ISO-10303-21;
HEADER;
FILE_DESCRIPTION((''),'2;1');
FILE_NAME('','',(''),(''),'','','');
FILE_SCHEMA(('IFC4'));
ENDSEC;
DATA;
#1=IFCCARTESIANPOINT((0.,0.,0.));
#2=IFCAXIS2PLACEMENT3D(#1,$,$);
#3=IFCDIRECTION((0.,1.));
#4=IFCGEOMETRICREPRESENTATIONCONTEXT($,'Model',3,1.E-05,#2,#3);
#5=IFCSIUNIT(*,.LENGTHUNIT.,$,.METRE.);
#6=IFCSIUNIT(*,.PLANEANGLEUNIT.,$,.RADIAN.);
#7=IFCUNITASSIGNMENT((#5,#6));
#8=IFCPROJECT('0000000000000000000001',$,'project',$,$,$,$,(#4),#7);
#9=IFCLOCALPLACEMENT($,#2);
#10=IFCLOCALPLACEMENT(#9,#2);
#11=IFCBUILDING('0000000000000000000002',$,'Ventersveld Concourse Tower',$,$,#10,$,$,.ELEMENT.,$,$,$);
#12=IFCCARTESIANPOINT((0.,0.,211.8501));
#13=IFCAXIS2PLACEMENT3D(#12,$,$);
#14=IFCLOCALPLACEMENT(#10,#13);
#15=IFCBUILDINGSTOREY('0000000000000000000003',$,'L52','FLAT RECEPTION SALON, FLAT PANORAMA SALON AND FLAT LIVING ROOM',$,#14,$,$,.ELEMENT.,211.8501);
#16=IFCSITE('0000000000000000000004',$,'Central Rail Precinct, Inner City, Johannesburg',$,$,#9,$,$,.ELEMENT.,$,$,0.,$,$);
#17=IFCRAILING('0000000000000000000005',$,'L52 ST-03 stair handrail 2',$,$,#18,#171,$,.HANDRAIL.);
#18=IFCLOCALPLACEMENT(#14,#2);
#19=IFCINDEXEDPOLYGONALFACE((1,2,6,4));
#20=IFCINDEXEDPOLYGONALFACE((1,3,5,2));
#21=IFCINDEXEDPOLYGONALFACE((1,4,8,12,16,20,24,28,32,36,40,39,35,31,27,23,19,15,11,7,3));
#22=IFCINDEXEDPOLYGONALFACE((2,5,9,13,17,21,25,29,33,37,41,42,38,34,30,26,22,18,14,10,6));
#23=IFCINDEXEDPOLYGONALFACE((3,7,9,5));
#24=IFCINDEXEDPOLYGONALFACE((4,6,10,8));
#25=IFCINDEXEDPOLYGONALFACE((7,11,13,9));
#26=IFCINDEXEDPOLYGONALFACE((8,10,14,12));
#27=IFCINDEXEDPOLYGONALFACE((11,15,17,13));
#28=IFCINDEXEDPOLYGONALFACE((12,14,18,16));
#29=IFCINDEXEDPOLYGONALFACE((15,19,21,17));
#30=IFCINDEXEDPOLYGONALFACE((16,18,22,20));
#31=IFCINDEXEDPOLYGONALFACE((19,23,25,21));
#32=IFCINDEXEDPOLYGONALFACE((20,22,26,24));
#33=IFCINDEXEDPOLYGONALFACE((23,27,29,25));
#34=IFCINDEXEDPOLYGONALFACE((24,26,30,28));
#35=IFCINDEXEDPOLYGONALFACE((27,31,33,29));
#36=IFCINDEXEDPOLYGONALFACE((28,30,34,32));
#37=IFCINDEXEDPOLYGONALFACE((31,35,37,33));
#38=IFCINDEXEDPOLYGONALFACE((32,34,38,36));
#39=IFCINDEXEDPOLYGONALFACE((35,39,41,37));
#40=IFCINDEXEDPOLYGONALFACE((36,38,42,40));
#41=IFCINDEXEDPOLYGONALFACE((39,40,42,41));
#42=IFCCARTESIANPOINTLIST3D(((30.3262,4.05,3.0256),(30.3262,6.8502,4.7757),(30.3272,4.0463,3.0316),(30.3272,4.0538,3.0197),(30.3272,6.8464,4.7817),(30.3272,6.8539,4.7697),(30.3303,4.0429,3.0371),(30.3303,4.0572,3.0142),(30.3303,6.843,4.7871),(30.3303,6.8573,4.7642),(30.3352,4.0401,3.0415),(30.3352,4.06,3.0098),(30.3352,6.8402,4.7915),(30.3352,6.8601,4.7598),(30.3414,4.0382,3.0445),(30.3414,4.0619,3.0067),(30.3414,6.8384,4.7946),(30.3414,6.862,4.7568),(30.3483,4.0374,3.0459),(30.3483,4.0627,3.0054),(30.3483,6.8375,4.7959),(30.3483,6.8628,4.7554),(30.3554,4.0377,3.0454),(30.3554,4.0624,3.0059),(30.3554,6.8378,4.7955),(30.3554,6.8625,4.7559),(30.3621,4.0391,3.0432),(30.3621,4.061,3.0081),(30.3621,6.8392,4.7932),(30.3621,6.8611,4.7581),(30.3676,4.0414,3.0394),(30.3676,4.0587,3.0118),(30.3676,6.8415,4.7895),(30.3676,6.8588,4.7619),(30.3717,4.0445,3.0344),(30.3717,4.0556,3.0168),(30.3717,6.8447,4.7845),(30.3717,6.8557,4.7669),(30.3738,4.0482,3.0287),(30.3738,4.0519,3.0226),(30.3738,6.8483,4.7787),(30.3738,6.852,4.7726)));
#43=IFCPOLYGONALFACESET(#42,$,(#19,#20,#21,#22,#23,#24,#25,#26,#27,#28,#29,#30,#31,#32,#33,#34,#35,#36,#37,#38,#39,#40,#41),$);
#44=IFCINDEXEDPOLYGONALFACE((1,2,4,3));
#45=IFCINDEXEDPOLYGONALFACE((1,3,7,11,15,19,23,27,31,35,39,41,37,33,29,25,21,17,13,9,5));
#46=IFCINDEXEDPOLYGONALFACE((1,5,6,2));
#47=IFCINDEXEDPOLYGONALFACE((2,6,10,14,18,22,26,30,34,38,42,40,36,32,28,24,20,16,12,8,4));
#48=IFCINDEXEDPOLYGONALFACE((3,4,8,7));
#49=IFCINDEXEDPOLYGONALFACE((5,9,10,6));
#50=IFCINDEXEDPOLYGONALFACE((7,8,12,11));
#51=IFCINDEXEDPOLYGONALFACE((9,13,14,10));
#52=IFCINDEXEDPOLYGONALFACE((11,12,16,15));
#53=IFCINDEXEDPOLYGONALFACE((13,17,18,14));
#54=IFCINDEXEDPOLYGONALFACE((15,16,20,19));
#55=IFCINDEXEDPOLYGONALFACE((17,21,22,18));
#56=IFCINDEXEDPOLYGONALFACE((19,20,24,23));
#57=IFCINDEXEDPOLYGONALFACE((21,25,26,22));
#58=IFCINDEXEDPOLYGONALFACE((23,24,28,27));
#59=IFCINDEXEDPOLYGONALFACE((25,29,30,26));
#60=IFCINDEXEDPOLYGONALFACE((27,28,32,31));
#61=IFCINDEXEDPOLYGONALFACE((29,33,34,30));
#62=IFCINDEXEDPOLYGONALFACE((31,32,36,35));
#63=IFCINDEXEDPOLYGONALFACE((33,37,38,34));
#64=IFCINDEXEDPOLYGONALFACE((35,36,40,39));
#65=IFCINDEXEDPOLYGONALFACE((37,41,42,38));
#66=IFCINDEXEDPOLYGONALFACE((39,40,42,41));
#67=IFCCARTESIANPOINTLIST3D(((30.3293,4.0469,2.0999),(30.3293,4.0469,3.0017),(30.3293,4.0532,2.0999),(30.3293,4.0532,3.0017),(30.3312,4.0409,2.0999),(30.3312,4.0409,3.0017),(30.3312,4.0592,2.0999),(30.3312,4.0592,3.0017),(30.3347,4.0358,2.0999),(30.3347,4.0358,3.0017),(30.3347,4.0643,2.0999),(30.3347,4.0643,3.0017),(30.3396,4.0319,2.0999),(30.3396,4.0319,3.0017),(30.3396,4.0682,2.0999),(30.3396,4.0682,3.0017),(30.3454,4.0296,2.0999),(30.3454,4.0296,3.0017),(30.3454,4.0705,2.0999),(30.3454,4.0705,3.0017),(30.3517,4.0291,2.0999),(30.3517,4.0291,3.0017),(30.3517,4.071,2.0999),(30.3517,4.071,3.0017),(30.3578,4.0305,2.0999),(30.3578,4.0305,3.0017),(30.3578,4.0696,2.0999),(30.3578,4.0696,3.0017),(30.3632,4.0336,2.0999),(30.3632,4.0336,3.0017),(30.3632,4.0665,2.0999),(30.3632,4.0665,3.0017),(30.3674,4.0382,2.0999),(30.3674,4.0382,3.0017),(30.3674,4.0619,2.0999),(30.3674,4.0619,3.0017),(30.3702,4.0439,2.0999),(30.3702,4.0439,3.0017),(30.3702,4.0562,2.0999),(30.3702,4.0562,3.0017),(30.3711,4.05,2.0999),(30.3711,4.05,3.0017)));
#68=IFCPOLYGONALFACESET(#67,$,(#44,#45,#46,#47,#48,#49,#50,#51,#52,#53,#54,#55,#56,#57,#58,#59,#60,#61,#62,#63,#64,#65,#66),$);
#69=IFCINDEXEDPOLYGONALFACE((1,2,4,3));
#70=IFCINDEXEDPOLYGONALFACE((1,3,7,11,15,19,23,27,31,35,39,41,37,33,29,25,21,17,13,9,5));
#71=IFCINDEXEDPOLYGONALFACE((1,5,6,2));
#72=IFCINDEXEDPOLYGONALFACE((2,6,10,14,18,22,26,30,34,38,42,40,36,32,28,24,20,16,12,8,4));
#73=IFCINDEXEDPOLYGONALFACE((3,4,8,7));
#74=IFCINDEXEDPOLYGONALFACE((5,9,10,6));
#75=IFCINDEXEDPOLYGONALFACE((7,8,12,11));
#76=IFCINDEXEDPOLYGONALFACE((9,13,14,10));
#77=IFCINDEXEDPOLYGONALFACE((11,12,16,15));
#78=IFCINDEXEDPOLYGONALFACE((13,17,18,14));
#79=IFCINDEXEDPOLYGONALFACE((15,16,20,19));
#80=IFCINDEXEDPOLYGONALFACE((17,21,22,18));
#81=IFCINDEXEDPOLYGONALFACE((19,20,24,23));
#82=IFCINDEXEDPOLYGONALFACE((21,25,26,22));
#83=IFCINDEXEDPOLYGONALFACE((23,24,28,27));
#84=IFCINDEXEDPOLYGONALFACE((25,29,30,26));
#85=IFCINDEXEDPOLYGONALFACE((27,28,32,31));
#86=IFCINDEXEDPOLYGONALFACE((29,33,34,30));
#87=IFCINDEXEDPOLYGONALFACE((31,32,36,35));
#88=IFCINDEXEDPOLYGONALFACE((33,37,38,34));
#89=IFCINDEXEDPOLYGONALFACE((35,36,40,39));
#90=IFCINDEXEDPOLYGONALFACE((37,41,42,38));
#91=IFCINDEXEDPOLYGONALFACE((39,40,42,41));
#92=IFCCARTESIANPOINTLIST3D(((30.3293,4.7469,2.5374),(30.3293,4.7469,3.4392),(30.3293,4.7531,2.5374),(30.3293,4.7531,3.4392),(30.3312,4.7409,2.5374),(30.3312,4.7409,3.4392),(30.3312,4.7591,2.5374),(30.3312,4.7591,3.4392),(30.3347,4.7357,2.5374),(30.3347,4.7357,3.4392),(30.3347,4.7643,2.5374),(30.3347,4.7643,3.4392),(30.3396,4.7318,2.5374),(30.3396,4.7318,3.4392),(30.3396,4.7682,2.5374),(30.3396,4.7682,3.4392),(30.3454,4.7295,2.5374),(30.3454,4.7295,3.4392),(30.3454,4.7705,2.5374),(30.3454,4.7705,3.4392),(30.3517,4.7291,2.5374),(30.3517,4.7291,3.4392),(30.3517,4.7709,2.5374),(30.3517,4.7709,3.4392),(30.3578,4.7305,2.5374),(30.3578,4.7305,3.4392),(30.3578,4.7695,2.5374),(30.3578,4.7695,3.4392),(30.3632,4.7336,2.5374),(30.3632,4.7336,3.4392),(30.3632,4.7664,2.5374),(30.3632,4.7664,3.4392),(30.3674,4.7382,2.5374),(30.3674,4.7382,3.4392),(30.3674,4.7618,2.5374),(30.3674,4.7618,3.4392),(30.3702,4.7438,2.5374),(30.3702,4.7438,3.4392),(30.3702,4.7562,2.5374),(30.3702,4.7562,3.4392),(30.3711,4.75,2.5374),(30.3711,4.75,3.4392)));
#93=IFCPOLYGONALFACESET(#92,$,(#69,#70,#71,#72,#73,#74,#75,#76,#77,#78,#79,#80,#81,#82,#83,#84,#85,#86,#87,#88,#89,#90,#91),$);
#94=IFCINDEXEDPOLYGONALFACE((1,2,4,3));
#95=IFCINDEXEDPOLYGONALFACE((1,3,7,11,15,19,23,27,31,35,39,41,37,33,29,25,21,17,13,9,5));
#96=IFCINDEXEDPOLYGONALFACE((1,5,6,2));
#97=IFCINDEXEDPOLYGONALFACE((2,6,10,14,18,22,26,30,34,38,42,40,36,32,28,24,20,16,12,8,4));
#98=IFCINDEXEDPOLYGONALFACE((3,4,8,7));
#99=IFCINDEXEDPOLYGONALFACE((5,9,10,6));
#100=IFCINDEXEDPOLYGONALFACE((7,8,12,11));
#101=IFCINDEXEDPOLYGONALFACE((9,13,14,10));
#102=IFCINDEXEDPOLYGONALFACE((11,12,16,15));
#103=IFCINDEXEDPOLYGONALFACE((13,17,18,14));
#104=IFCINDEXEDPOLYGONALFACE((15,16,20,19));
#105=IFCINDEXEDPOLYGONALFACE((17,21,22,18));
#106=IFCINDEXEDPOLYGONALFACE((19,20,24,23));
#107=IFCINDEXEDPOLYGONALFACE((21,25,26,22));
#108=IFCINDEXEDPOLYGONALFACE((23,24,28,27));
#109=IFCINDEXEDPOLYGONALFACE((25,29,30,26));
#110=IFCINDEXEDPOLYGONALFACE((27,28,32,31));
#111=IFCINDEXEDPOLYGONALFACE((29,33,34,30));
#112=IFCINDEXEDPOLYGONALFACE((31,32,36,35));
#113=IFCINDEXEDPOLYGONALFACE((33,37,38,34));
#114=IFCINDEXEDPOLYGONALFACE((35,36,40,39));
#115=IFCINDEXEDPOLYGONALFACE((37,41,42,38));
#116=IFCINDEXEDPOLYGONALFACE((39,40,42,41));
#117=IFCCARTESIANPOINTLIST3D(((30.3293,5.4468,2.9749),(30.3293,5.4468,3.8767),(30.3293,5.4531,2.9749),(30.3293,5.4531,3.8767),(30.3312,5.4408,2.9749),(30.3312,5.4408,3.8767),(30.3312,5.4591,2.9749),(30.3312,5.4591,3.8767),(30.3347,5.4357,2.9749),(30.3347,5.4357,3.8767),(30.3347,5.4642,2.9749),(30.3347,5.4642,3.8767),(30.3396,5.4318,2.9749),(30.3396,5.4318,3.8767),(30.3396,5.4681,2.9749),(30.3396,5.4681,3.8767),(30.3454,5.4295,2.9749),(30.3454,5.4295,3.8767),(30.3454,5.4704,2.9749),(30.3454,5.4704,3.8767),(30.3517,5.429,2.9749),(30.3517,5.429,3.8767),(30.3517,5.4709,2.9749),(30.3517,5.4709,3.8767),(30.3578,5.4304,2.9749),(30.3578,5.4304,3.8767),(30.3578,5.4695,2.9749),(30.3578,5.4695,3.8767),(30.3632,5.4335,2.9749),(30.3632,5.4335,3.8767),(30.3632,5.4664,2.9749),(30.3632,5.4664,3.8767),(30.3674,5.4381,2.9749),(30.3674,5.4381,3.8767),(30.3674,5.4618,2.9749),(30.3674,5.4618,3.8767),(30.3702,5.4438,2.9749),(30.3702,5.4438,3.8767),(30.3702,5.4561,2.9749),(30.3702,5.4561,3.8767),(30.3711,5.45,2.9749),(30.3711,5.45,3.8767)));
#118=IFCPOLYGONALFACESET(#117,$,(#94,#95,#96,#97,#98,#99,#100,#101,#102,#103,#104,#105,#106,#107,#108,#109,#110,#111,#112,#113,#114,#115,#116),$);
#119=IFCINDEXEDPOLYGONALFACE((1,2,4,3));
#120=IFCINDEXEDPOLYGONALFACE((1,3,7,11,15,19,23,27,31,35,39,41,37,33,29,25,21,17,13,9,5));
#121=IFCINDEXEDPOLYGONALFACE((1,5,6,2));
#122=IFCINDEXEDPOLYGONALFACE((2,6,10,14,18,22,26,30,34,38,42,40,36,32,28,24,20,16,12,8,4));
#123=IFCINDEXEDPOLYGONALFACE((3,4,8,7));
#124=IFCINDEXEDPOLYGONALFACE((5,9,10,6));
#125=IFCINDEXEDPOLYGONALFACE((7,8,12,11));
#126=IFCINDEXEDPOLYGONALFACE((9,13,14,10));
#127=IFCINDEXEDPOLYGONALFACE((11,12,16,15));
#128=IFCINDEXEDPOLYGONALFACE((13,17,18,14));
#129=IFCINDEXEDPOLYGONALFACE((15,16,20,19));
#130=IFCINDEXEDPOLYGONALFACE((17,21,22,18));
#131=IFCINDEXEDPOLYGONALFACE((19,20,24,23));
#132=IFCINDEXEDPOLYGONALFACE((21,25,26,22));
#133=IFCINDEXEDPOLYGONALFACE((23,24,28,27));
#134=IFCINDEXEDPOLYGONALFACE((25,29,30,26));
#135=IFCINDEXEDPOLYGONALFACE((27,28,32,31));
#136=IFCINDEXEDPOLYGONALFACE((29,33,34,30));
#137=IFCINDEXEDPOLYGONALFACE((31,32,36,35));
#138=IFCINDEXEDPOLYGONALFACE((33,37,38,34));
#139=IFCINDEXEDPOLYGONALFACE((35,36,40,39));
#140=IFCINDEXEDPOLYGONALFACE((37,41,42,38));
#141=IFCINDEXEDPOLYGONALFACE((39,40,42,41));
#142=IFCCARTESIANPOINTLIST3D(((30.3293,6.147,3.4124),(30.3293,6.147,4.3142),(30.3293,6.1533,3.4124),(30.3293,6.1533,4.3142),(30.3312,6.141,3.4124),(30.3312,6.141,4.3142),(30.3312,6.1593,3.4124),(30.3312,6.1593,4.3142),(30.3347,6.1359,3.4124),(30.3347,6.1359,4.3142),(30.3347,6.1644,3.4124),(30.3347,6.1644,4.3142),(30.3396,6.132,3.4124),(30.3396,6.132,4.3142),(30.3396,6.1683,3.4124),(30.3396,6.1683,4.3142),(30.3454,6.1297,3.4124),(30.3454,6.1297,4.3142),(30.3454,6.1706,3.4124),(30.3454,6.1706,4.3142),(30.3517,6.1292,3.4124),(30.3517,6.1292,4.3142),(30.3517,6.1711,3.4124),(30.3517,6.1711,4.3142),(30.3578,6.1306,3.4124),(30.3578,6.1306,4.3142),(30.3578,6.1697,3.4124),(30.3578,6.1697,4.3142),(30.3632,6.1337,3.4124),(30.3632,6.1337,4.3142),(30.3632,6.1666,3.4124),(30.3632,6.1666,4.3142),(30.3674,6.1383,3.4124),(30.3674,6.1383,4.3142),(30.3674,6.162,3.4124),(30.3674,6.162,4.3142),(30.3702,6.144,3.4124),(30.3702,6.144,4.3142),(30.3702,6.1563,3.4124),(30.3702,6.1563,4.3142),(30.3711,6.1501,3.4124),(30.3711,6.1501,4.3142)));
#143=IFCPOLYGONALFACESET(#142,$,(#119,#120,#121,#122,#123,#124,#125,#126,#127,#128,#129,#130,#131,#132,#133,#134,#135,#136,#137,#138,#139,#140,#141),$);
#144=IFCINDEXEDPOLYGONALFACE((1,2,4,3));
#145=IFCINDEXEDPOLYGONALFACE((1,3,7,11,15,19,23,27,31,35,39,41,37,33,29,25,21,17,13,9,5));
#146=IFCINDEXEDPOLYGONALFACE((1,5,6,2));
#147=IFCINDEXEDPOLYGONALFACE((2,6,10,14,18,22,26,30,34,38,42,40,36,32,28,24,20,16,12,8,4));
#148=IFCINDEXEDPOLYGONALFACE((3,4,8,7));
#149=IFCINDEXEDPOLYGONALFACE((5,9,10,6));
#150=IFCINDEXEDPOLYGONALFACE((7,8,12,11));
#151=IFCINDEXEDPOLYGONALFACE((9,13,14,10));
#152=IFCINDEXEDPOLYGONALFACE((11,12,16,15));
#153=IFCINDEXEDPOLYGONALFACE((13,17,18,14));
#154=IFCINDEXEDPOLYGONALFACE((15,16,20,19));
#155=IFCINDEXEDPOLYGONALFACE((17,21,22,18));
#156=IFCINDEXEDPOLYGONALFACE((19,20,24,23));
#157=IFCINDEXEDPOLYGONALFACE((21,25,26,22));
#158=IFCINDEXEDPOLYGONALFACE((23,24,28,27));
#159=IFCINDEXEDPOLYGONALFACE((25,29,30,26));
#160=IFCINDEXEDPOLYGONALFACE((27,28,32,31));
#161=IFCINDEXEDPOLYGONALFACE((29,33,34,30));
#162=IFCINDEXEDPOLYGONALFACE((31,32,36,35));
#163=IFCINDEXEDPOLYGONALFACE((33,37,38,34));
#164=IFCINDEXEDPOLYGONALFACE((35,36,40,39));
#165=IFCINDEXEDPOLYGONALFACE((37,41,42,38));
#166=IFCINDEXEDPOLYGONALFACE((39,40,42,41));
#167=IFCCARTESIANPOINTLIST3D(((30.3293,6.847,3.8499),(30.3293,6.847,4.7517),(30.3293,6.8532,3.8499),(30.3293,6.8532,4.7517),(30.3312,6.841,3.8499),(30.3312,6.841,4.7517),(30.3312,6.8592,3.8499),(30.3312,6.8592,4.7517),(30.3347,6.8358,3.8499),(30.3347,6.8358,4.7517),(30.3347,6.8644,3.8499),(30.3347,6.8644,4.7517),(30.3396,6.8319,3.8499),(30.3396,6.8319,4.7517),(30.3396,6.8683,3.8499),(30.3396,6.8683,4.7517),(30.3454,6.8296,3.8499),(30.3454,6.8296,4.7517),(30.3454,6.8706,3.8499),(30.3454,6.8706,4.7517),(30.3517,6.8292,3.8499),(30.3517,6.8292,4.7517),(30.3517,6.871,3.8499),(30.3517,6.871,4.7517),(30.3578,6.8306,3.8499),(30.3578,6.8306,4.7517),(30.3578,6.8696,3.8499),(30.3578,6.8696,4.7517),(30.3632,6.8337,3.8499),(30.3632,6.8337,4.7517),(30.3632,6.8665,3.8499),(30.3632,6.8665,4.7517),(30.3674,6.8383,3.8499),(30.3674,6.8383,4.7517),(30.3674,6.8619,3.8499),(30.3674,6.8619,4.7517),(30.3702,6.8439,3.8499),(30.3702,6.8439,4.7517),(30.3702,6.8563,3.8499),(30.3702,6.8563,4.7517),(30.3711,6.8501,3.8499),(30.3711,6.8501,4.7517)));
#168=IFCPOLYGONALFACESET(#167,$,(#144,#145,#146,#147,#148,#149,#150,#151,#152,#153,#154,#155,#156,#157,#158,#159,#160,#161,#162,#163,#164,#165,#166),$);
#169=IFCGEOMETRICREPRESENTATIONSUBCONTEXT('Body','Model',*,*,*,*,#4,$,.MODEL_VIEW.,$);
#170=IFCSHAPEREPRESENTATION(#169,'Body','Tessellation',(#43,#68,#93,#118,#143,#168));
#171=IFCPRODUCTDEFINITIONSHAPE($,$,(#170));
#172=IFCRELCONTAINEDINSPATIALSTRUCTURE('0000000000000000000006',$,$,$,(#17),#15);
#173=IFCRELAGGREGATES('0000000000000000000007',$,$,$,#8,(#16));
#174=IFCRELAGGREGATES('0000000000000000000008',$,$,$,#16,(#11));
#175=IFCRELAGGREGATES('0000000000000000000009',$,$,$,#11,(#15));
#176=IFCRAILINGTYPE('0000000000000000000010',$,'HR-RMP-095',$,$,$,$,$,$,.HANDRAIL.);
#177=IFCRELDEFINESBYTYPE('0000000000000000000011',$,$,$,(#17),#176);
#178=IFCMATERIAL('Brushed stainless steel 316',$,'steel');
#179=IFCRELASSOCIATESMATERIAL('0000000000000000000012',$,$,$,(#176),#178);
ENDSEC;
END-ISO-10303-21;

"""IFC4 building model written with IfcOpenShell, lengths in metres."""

from ifc_helpers import new_model, si_unit, direction, frame, origin, origin_2d, place, context, subcontext, project, spatial, circle, extrude, material, type_object, element, save


model = new_model("IFC4")

# Units and contexts
model_context = context("Model", 3, precision=1e-05, world=origin(), true_north=direction((0.0, 1.0)))
body_context = subcontext(model_context, "Body", "Model", "MODEL_VIEW")
ifc_project = project(units=[si_unit("LENGTHUNIT", "METRE"), si_unit("PLANEANGLEUNIT", "RADIAN")], contexts=[model_context])

# Site, building, storey
site_placement = place(None, origin())
site = spatial("IfcSite", under=ifc_project, at=site_placement, Name="Central Rail Precinct, Inner City, Johannesburg", CompositionType="ELEMENT", RefElevation=0.0)
building_placement = place(site_placement, origin())
building = spatial("IfcBuilding", under=site, at=building_placement, Name="Ventersveld Concourse Tower", CompositionType="ELEMENT")
storey_placement = place(building_placement, frame((0.0, 0.0, 211.8501)))
storey = spatial("IfcBuildingStorey", under=building, at=storey_placement, Name="L52", Description="FLAT RECEPTION SALON, FLAT PANORAMA SALON AND FLAT LIVING ROOM", CompositionType="ELEMENT", Elevation=211.8501)

# Railing
ifc_material_1 = material(Name="Brushed stainless steel 316", Category="steel")
railing_type_1 = type_object("IfcRailingType", Name="HR-RMP-095", PredefinedType="HANDRAIL", material=ifc_material_1)
railing_1_placement = place(storey_placement, frame((30.3501, 4.05, 2.0999)))
element("IfcRailing", 1, at=railing_1_placement, inside=storey, type_object=railing_type_1, Name="L52 ST-03 stair handrail 2", PredefinedType="HANDRAIL", context=body_context, shape_type="SweptSolid", body=[
    extrude(circle(Radius=0.0239, at=origin_2d()), frame((0.0, 0.0, 0.9258), z_axis=(0.0, 0.848002, 0.529992), x_axis=(-1.0, 0.0, 0.0)), (0.0, 0.0, 1.0), 3.302),
    extrude(circle(Radius=0.021, at=origin_2d()), origin(), (0.0, 0.0, 1.0), 0.9019),
    extrude(circle(Radius=0.021, at=origin_2d()), frame((0.0, 0.7, 0.4375)), (0.0, 0.0, 1.0), 0.9019),
    extrude(circle(Radius=0.021, at=origin_2d()), frame((0.0, 1.3999, 0.875)), (0.0, 0.0, 1.0), 0.9019),
    extrude(circle(Radius=0.021, at=origin_2d()), frame((0.0, 2.1001, 1.3125)), (0.0, 0.0, 1.0), 0.9019),
    extrude(circle(Radius=0.021, at=origin_2d()), frame((0.0, 2.8, 1.75)), (0.0, 0.0, 1.0), 0.9019),
])

save(model, "model.ifc")
